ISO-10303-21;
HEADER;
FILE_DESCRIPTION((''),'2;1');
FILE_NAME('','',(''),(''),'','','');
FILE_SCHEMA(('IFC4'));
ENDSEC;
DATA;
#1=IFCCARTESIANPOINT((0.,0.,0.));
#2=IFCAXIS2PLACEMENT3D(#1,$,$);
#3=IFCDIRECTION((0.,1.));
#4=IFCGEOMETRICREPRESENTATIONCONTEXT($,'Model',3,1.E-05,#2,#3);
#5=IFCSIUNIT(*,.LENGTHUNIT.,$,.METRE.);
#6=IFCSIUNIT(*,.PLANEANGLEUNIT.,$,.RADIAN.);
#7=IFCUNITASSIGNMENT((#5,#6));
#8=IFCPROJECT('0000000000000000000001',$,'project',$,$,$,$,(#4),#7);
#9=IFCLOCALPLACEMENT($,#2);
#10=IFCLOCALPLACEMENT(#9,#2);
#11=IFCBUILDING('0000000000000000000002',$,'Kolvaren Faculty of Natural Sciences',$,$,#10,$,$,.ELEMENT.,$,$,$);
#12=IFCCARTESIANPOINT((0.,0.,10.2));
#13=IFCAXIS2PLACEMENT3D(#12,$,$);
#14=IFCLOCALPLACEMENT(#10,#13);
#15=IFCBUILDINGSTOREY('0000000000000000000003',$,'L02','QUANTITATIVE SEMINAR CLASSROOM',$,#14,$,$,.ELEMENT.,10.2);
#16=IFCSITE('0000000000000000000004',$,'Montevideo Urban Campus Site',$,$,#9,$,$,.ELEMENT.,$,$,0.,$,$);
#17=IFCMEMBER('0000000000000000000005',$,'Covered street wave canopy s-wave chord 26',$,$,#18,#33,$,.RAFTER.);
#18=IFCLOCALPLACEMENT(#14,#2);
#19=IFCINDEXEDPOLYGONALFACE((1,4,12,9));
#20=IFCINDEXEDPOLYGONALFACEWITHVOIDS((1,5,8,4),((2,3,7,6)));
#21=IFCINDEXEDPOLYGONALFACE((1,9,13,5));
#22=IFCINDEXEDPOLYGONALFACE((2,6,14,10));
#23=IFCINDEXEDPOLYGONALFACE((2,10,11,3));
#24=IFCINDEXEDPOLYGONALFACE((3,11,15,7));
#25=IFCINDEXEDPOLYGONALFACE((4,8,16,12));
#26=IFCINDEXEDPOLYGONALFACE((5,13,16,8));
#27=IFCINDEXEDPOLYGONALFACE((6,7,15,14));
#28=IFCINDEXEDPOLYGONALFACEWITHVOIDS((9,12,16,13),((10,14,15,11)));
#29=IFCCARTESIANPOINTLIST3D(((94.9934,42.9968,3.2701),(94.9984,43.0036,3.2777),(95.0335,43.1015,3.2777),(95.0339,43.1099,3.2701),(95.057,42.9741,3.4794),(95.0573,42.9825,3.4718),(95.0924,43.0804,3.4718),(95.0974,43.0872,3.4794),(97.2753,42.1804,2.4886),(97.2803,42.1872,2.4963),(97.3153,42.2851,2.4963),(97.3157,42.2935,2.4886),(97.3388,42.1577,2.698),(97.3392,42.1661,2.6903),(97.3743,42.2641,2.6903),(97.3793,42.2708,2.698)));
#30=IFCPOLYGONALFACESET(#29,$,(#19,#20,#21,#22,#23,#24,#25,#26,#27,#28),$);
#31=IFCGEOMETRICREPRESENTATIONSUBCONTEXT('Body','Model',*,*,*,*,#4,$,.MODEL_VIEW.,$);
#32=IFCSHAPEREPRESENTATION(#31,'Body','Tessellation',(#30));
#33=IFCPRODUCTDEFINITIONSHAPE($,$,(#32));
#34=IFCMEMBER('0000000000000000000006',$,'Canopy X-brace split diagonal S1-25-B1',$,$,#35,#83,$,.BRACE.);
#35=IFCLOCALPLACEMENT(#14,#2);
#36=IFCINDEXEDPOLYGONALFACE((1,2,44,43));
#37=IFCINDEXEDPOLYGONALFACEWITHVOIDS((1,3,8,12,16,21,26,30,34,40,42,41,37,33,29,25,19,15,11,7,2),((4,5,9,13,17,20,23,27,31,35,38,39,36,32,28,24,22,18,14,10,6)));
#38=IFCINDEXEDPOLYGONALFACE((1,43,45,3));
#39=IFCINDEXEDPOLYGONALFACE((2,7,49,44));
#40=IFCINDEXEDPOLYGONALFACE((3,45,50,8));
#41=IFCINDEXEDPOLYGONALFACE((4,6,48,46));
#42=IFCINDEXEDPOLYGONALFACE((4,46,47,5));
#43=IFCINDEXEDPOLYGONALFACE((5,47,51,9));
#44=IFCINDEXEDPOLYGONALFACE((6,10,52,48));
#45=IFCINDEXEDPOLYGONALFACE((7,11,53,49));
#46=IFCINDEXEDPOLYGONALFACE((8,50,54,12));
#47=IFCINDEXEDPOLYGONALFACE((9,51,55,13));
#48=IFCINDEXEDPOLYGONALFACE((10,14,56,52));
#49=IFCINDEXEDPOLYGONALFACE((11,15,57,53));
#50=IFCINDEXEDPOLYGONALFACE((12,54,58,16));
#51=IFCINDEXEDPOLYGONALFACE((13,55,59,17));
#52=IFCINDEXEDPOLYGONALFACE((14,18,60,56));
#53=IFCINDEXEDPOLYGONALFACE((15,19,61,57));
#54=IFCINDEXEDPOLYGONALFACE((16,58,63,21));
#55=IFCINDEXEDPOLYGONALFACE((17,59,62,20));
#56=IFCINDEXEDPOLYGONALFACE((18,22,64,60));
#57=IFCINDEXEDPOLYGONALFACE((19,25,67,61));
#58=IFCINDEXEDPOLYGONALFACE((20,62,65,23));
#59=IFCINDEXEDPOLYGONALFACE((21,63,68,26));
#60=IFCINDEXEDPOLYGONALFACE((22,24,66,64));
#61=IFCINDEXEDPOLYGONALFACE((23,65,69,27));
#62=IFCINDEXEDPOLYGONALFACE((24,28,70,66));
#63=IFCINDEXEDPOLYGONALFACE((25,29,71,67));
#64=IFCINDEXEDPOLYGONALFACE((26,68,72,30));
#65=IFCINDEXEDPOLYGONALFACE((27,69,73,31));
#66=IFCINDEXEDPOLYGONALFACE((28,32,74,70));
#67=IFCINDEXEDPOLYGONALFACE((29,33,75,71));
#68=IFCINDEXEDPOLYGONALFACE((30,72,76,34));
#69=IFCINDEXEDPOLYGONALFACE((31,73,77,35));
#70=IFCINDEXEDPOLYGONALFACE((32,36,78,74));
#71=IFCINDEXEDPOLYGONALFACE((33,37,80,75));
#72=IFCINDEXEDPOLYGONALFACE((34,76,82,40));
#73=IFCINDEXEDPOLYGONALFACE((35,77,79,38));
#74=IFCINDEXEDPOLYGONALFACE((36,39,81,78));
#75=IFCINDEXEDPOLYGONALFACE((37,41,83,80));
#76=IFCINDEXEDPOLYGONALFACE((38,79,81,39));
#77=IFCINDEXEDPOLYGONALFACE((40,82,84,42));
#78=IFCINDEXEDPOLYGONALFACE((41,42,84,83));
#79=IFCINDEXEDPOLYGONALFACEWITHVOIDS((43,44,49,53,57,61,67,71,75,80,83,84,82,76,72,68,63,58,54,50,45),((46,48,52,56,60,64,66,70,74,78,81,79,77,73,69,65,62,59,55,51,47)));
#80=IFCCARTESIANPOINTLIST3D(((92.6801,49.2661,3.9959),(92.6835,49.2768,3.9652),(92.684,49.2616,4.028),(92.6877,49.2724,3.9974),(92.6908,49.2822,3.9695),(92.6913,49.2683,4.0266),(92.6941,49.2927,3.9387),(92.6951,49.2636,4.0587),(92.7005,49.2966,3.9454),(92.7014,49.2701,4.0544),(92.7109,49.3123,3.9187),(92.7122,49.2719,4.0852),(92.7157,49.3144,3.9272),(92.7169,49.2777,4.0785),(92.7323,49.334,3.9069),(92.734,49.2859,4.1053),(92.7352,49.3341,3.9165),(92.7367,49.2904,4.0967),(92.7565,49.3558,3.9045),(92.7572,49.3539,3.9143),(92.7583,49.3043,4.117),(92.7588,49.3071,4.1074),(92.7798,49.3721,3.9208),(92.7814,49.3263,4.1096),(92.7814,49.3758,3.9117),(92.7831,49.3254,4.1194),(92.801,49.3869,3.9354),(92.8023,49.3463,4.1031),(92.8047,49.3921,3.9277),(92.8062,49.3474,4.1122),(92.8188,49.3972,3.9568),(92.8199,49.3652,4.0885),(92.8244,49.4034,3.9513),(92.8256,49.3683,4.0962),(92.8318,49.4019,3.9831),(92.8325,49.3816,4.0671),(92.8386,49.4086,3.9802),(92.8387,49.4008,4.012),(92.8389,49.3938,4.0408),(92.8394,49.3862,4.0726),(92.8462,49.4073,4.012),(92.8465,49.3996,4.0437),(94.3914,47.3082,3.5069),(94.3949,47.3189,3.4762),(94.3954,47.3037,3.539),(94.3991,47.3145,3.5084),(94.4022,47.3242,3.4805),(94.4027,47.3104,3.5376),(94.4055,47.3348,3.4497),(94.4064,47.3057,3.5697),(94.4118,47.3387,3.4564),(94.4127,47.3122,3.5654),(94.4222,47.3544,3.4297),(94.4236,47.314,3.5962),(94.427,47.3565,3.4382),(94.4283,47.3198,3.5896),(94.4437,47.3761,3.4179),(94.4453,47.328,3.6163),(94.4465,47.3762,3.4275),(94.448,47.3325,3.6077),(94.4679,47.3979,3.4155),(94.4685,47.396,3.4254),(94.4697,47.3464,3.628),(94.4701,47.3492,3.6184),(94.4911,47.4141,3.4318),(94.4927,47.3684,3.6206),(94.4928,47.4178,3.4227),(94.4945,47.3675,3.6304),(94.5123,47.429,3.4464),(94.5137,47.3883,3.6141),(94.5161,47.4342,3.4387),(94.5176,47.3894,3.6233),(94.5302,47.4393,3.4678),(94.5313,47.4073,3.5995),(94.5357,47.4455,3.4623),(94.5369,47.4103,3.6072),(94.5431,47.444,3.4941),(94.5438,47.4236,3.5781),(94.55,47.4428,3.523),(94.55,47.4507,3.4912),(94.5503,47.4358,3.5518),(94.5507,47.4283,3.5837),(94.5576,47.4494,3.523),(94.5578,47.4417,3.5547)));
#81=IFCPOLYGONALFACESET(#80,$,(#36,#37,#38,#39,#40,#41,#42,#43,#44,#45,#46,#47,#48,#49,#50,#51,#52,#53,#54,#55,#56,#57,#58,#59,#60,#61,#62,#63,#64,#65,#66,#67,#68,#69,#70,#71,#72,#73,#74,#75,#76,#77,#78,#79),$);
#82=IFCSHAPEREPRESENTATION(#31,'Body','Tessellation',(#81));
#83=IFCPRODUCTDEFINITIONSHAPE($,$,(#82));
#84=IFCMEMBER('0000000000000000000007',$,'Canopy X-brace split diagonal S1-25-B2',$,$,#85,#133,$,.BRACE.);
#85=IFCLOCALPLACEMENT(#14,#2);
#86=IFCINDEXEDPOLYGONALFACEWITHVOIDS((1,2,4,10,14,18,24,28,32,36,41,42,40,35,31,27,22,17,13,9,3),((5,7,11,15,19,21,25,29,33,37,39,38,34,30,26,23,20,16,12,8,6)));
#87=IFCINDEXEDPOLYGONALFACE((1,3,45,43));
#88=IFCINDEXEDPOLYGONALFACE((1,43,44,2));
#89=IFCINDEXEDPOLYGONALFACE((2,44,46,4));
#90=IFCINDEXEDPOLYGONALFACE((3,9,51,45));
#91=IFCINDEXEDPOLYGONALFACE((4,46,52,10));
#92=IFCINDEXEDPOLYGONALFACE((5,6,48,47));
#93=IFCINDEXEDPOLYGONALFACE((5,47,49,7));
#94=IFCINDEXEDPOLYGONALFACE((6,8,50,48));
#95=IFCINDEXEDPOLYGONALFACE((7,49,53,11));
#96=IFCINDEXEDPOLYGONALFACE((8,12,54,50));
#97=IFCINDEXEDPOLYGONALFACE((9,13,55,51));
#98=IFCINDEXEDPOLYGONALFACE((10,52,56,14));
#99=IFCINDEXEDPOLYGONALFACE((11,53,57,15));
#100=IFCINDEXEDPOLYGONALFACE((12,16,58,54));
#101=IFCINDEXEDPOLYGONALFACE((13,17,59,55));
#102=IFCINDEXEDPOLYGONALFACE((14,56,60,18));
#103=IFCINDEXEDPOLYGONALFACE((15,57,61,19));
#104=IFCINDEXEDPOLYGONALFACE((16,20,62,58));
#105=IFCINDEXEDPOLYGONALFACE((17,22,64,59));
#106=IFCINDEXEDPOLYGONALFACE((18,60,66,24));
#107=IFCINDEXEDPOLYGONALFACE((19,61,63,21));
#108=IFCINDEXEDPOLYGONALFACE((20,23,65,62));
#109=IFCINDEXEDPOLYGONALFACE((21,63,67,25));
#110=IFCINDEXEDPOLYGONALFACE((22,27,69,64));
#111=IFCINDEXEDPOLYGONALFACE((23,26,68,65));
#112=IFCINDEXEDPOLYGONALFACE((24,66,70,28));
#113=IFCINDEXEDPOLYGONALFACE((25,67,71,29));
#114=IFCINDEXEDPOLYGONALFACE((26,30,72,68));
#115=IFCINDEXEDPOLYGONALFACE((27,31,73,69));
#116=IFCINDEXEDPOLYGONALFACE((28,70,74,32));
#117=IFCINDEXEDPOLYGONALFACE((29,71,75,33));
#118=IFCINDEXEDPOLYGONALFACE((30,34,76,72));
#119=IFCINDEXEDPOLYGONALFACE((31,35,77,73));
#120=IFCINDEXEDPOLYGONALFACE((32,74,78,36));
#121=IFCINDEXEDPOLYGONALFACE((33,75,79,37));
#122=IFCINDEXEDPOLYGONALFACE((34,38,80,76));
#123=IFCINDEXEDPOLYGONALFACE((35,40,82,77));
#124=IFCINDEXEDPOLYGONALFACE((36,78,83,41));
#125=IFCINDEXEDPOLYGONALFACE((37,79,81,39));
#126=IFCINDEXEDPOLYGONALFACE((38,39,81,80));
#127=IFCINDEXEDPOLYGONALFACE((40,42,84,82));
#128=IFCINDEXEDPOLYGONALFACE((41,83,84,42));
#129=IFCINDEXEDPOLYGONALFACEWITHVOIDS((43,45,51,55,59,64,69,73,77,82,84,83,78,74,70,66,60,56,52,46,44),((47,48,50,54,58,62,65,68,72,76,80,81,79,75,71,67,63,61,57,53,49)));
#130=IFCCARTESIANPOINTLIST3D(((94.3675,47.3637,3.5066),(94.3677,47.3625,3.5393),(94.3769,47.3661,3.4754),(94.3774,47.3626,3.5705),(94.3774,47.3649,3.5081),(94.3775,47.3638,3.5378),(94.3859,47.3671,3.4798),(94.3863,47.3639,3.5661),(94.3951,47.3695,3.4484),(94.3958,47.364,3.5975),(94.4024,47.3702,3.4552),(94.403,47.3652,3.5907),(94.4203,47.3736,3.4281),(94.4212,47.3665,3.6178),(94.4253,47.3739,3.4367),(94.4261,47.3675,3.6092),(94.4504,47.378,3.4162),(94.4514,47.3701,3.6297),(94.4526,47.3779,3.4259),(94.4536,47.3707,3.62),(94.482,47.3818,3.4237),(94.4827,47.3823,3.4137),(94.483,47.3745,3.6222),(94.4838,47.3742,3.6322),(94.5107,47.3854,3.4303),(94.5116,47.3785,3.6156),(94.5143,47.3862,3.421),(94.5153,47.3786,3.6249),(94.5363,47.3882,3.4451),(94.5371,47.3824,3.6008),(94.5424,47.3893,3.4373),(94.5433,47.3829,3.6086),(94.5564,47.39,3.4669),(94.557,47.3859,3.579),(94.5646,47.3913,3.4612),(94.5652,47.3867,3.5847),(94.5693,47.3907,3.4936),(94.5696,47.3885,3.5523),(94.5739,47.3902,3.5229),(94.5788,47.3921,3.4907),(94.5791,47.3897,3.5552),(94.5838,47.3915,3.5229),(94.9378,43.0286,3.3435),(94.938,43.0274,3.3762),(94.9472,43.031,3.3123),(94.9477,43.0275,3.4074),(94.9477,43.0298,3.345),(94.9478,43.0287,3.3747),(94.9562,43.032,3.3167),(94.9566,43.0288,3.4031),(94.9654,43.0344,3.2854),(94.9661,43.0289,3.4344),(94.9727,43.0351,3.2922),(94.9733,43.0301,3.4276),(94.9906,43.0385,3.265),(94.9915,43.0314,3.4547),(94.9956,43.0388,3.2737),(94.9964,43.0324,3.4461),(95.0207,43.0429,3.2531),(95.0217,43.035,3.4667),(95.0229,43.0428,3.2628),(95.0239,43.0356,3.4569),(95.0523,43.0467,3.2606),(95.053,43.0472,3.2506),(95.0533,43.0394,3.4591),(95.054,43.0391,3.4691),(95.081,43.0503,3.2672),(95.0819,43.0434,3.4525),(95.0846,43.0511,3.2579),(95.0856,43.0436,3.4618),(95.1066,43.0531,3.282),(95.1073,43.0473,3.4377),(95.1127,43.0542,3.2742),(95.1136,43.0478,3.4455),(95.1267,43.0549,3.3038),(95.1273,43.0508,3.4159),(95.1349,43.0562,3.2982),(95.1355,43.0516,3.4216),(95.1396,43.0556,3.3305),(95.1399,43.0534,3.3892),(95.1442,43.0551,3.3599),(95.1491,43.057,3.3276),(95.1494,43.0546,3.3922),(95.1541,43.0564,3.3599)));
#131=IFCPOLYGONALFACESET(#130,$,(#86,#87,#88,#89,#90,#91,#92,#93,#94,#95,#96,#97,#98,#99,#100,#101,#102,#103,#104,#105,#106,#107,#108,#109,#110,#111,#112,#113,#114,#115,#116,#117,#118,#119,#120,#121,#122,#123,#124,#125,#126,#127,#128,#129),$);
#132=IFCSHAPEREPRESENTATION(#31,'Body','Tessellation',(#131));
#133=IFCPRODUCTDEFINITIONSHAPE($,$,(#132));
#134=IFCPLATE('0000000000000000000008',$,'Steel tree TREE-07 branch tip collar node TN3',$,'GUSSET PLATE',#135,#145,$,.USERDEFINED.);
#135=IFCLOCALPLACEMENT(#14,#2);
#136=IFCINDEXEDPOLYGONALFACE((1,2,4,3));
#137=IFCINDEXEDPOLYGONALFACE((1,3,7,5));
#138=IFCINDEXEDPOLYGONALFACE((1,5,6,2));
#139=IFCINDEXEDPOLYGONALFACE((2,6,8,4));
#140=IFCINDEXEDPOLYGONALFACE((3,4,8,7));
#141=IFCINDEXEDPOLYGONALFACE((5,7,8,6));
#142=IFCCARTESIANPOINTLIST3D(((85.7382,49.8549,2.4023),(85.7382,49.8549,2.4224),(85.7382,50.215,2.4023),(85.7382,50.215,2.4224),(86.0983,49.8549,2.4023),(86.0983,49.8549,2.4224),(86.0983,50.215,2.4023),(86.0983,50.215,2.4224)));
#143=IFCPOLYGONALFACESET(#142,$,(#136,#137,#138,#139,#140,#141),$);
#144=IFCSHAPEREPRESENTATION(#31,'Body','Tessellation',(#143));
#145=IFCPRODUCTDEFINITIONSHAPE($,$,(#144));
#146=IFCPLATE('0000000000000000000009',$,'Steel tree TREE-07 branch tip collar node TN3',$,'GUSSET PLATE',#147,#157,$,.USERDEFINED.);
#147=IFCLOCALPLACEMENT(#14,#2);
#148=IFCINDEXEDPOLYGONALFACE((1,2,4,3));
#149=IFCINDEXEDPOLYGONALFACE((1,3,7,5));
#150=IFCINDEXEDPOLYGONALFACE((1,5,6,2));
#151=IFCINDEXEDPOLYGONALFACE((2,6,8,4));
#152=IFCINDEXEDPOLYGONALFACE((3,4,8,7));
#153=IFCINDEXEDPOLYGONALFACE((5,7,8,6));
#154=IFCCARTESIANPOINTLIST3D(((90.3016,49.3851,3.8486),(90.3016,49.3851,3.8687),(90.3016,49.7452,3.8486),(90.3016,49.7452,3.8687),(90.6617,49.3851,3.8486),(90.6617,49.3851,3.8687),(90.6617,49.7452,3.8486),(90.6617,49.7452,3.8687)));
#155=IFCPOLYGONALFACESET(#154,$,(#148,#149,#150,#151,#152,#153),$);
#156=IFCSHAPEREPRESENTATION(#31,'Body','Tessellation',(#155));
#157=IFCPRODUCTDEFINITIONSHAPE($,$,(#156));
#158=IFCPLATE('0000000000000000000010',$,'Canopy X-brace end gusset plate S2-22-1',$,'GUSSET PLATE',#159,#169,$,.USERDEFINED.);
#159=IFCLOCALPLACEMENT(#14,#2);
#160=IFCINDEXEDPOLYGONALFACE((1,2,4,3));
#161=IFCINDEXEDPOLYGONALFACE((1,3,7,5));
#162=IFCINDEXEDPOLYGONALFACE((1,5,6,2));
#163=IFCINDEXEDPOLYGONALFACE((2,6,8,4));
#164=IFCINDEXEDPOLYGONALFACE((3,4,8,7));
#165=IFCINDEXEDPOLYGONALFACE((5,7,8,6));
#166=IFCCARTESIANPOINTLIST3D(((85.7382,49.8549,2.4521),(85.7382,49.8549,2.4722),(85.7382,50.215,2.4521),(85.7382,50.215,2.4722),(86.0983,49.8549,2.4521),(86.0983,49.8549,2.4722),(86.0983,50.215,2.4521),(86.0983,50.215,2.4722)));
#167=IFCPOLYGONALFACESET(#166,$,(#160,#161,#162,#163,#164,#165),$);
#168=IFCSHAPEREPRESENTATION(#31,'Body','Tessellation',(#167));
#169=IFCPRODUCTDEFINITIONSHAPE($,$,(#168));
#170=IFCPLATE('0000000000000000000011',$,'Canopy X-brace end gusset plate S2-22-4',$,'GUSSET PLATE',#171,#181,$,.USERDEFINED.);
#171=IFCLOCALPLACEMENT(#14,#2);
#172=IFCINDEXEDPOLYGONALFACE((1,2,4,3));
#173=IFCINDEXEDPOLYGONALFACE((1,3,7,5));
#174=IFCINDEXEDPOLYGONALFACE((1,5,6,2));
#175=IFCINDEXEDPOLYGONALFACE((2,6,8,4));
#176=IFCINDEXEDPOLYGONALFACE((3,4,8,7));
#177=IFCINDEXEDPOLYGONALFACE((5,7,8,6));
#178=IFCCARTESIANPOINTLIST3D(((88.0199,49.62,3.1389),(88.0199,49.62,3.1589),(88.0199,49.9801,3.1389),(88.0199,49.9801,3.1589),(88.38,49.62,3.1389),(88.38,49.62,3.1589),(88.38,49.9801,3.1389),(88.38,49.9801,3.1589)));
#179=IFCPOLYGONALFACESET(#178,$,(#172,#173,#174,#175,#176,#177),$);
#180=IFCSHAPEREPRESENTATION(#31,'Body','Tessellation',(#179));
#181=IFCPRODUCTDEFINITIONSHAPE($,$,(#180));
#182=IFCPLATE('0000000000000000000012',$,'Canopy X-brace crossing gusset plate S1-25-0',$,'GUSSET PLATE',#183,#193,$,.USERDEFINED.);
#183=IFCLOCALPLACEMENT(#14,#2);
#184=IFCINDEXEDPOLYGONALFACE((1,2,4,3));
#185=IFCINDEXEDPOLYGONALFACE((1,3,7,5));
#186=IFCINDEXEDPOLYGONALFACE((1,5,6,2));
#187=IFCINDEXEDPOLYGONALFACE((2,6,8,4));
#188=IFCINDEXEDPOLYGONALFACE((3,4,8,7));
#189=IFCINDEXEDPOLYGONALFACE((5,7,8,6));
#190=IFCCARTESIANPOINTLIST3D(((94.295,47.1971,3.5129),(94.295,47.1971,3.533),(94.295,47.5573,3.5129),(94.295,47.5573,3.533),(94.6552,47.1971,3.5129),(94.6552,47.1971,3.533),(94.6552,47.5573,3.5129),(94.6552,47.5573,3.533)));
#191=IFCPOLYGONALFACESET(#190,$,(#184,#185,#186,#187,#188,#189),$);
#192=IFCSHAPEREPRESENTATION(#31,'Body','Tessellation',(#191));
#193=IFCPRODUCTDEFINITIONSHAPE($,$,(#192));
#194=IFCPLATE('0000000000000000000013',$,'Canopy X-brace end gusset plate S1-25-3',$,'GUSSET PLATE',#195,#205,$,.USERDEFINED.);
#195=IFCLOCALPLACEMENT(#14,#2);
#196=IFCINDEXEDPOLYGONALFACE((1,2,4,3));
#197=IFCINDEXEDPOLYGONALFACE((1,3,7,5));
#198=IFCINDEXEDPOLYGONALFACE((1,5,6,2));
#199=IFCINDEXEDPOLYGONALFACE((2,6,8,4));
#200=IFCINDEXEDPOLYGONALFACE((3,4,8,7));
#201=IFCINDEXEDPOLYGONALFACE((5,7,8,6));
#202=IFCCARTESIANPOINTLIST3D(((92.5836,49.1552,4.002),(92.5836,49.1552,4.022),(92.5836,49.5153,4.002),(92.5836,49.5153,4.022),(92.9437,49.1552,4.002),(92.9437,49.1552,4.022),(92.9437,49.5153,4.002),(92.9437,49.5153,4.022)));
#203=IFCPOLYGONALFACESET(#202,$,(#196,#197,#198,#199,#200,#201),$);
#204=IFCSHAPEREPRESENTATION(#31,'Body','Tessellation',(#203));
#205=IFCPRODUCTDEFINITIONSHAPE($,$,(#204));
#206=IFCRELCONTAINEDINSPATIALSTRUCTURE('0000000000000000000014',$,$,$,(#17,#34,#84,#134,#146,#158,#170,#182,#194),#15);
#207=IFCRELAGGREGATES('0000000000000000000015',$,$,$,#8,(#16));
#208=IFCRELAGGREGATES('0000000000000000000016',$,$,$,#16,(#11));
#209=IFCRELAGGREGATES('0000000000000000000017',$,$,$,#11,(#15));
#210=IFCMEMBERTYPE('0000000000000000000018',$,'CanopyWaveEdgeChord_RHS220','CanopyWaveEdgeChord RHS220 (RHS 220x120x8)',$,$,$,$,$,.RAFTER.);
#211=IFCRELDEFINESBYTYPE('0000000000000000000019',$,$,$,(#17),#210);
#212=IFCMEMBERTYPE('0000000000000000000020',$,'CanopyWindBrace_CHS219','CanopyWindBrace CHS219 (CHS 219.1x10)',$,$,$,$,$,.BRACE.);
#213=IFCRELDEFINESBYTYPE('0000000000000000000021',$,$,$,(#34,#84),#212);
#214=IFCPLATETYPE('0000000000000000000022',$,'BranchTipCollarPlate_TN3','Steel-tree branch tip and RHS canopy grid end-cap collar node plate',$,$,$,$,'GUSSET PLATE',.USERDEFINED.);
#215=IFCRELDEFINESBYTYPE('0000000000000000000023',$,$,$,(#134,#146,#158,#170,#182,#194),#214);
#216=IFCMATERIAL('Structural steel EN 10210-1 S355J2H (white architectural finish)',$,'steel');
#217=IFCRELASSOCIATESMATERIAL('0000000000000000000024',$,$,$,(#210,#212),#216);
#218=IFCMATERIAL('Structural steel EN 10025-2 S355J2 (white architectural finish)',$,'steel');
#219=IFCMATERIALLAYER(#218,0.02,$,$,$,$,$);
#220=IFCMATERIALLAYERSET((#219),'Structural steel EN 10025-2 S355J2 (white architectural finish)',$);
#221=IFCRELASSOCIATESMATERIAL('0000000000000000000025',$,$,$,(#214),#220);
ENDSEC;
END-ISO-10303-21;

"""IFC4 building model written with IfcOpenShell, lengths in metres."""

from ifc_helpers import new_model, si_unit, direction, frame, origin, origin_2d, place, context, subcontext, project, spatial, rectangle, hollow_rectangle, hollow_circle, extrude, material, layer, layer_set, material_profile, profile_set, type_object, element, save


model = new_model("IFC4")

# Units and contexts
model_context = context("Model", 3, precision=1e-05, world=origin(), true_north=direction((0.0, 1.0)))
body_context = subcontext(model_context, "Body", "Model", "MODEL_VIEW")
ifc_project = project(units=[si_unit("LENGTHUNIT", "METRE"), si_unit("PLANEANGLEUNIT", "RADIAN")], contexts=[model_context])

# Site, building, storey
site_placement = place(None, origin())
site = spatial("IfcSite", under=ifc_project, at=site_placement, Name="Montevideo Urban Campus Site", CompositionType="ELEMENT", RefElevation=0.0)
building_placement = place(site_placement, origin())
building = spatial("IfcBuilding", under=site, at=building_placement, Name="Kolvaren Faculty of Natural Sciences", CompositionType="ELEMENT")
storey_placement = place(building_placement, frame((0.0, 0.0, 10.2)))
storey = spatial("IfcBuildingStorey", under=building, at=storey_placement, Name="L02", Description="QUANTITATIVE SEMINAR CLASSROOM", CompositionType="ELEMENT", Elevation=10.2)

# Members
ifc_material_1 = material(Name="Structural steel EN 10210-1 S355J2H (white architectural finish)", Category="steel")
ifc_material_profile_1 = material_profile(ifc_material_1, hollow_rectangle(XDim=0.1201, YDim=0.22, WallThickness=0.0081, at=origin_2d()), Name="RHS 220x120x8")
ifc_profile_set_1 = profile_set([ifc_material_profile_1], Name="Structural steel EN 10210-1 S355J2H (white architectural finish)")
member_type_1 = type_object("IfcMemberType", Name="CanopyWaveEdgeChord_RHS220", Description="CanopyWaveEdgeChord RHS220 (RHS 220x120x8)", PredefinedType="RAFTER", material=ifc_profile_set_1)
member_1_placement = place(storey_placement, frame((95.0454, 43.042, 3.3748), z_axis=(0.896123, -0.320599, -0.306889), x_axis=(0.336853, 0.941557, 0.0)))
element("IfcMember", 1, at=member_1_placement, inside=storey, type_object=member_type_1, Name="Covered street wave canopy s-wave chord 26", PredefinedType="RAFTER", context=body_context, shape_type="SweptSolid", body=[
    extrude(hollow_rectangle(XDim=0.1201, YDim=0.22, WallThickness=0.0081, at=origin_2d()), origin(), (0.0, 0.0, 1.0), 2.5464),
])
ifc_material_profile_2 = material_profile(ifc_material_1, hollow_circle(Radius=0.1096, WallThickness=0.01, at=origin_2d()), Name="CHS 219.1x10")
ifc_profile_set_2 = profile_set([ifc_material_profile_2], Name="Structural steel EN 10210-1 S355J2H (white architectural finish)")
member_type_2 = type_object("IfcMemberType", Name="CanopyWindBrace_CHS219", Description="CanopyWindBrace CHS219 (CHS 219.1x10)", PredefinedType="BRACE", material=ifc_profile_set_2)
member_2_placement = place(storey_placement, frame((92.7637, 49.3352, 4.012), z_axis=(0.64677, -0.739957, -0.184805), x_axis=(0.752926, 0.658106, 0.0)))
element("IfcMember", 2, at=member_2_placement, inside=storey, type_object=member_type_2, Name="Canopy X-brace split diagonal S1-25-B1", PredefinedType="BRACE", context=body_context, shape_type="SweptSolid", body=[
    extrude(hollow_circle(Radius=0.1096, WallThickness=0.01, at=origin_2d()), origin(), (0.0, 0.0, 1.0), 2.646),
])
member_3_placement = place(storey_placement, frame((94.4751, 47.3772, 3.5229), z_axis=(0.130339, -0.990769, -0.037272), x_axis=(0.991458, 0.13043, 0.0)))
element("IfcMember", 3, at=member_3_placement, inside=storey, type_object=member_type_2, Name="Canopy X-brace split diagonal S1-25-B2", PredefinedType="BRACE", context=body_context, shape_type="SweptSolid", body=[
    extrude(hollow_circle(Radius=0.1096, WallThickness=0.01, at=origin_2d()), origin(), (0.0, 0.0, 1.0), 4.3755),
])

# Plates
ifc_material_2 = material(Name="Structural steel EN 10025-2 S355J2 (white architectural finish)", Category="steel")
ifc_layer_1 = layer(ifc_material_2, 0.02)
ifc_layer_set_1 = layer_set([ifc_layer_1], Name="Structural steel EN 10025-2 S355J2 (white architectural finish)")
plate_type_1 = type_object("IfcPlateType", Name="BranchTipCollarPlate_TN3", Description="Steel-tree branch tip and RHS canopy grid end-cap collar node plate", ElementType="GUSSET PLATE", PredefinedType="USERDEFINED", material=ifc_layer_set_1)
for number, where, z_axis, x_axis, name in (
    (4, (85.9182, 50.0349, 2.4023), (0.0, 0.0, 1.0), (1.0, 0.0, 0.0), "Steel tree TREE-07 branch tip collar node TN3"),
    (5, (90.4817, 49.5652, 3.8486), (0.0, 0.0, 1.0), (1.0, 0.0, 0.0), "Steel tree TREE-07 branch tip collar node TN3"),
    (6, (85.9182, 50.0349, 2.4521), (0.0, 0.0, 1.0), (1.0, 0.0, 0.0), "Canopy X-brace end gusset plate S2-22-1"),
    (7, (88.2, 49.8, 3.1389), (0.0, 0.0, 1.0), (1.0, 0.0, 0.0), "Canopy X-brace end gusset plate S2-22-4"),
    (8, (94.4751, 47.3772, 3.5129), (0.0, 0.0, 1.0), (1.0, 0.0, 0.0), "Canopy X-brace crossing gusset plate S1-25-0"),
    (9, (92.7637, 49.3352, 4.002), (0.0, 0.0, 1.0), (1.0, 0.0, 0.0), "Canopy X-brace end gusset plate S1-25-3"),
):
    element("IfcPlate", number, at=place(storey_placement, frame(where, z_axis=z_axis, x_axis=x_axis)), inside=storey, type_object=plate_type_1, Name=name, ObjectType="GUSSET PLATE", PredefinedType="USERDEFINED", context=body_context, shape_type="SweptSolid", body=[
        extrude(rectangle(XDim=0.3601, YDim=0.3601, at=origin_2d()), origin(), (0.0, 0.0, 1.0), 0.02),
    ])

save(model, "model.ifc")
